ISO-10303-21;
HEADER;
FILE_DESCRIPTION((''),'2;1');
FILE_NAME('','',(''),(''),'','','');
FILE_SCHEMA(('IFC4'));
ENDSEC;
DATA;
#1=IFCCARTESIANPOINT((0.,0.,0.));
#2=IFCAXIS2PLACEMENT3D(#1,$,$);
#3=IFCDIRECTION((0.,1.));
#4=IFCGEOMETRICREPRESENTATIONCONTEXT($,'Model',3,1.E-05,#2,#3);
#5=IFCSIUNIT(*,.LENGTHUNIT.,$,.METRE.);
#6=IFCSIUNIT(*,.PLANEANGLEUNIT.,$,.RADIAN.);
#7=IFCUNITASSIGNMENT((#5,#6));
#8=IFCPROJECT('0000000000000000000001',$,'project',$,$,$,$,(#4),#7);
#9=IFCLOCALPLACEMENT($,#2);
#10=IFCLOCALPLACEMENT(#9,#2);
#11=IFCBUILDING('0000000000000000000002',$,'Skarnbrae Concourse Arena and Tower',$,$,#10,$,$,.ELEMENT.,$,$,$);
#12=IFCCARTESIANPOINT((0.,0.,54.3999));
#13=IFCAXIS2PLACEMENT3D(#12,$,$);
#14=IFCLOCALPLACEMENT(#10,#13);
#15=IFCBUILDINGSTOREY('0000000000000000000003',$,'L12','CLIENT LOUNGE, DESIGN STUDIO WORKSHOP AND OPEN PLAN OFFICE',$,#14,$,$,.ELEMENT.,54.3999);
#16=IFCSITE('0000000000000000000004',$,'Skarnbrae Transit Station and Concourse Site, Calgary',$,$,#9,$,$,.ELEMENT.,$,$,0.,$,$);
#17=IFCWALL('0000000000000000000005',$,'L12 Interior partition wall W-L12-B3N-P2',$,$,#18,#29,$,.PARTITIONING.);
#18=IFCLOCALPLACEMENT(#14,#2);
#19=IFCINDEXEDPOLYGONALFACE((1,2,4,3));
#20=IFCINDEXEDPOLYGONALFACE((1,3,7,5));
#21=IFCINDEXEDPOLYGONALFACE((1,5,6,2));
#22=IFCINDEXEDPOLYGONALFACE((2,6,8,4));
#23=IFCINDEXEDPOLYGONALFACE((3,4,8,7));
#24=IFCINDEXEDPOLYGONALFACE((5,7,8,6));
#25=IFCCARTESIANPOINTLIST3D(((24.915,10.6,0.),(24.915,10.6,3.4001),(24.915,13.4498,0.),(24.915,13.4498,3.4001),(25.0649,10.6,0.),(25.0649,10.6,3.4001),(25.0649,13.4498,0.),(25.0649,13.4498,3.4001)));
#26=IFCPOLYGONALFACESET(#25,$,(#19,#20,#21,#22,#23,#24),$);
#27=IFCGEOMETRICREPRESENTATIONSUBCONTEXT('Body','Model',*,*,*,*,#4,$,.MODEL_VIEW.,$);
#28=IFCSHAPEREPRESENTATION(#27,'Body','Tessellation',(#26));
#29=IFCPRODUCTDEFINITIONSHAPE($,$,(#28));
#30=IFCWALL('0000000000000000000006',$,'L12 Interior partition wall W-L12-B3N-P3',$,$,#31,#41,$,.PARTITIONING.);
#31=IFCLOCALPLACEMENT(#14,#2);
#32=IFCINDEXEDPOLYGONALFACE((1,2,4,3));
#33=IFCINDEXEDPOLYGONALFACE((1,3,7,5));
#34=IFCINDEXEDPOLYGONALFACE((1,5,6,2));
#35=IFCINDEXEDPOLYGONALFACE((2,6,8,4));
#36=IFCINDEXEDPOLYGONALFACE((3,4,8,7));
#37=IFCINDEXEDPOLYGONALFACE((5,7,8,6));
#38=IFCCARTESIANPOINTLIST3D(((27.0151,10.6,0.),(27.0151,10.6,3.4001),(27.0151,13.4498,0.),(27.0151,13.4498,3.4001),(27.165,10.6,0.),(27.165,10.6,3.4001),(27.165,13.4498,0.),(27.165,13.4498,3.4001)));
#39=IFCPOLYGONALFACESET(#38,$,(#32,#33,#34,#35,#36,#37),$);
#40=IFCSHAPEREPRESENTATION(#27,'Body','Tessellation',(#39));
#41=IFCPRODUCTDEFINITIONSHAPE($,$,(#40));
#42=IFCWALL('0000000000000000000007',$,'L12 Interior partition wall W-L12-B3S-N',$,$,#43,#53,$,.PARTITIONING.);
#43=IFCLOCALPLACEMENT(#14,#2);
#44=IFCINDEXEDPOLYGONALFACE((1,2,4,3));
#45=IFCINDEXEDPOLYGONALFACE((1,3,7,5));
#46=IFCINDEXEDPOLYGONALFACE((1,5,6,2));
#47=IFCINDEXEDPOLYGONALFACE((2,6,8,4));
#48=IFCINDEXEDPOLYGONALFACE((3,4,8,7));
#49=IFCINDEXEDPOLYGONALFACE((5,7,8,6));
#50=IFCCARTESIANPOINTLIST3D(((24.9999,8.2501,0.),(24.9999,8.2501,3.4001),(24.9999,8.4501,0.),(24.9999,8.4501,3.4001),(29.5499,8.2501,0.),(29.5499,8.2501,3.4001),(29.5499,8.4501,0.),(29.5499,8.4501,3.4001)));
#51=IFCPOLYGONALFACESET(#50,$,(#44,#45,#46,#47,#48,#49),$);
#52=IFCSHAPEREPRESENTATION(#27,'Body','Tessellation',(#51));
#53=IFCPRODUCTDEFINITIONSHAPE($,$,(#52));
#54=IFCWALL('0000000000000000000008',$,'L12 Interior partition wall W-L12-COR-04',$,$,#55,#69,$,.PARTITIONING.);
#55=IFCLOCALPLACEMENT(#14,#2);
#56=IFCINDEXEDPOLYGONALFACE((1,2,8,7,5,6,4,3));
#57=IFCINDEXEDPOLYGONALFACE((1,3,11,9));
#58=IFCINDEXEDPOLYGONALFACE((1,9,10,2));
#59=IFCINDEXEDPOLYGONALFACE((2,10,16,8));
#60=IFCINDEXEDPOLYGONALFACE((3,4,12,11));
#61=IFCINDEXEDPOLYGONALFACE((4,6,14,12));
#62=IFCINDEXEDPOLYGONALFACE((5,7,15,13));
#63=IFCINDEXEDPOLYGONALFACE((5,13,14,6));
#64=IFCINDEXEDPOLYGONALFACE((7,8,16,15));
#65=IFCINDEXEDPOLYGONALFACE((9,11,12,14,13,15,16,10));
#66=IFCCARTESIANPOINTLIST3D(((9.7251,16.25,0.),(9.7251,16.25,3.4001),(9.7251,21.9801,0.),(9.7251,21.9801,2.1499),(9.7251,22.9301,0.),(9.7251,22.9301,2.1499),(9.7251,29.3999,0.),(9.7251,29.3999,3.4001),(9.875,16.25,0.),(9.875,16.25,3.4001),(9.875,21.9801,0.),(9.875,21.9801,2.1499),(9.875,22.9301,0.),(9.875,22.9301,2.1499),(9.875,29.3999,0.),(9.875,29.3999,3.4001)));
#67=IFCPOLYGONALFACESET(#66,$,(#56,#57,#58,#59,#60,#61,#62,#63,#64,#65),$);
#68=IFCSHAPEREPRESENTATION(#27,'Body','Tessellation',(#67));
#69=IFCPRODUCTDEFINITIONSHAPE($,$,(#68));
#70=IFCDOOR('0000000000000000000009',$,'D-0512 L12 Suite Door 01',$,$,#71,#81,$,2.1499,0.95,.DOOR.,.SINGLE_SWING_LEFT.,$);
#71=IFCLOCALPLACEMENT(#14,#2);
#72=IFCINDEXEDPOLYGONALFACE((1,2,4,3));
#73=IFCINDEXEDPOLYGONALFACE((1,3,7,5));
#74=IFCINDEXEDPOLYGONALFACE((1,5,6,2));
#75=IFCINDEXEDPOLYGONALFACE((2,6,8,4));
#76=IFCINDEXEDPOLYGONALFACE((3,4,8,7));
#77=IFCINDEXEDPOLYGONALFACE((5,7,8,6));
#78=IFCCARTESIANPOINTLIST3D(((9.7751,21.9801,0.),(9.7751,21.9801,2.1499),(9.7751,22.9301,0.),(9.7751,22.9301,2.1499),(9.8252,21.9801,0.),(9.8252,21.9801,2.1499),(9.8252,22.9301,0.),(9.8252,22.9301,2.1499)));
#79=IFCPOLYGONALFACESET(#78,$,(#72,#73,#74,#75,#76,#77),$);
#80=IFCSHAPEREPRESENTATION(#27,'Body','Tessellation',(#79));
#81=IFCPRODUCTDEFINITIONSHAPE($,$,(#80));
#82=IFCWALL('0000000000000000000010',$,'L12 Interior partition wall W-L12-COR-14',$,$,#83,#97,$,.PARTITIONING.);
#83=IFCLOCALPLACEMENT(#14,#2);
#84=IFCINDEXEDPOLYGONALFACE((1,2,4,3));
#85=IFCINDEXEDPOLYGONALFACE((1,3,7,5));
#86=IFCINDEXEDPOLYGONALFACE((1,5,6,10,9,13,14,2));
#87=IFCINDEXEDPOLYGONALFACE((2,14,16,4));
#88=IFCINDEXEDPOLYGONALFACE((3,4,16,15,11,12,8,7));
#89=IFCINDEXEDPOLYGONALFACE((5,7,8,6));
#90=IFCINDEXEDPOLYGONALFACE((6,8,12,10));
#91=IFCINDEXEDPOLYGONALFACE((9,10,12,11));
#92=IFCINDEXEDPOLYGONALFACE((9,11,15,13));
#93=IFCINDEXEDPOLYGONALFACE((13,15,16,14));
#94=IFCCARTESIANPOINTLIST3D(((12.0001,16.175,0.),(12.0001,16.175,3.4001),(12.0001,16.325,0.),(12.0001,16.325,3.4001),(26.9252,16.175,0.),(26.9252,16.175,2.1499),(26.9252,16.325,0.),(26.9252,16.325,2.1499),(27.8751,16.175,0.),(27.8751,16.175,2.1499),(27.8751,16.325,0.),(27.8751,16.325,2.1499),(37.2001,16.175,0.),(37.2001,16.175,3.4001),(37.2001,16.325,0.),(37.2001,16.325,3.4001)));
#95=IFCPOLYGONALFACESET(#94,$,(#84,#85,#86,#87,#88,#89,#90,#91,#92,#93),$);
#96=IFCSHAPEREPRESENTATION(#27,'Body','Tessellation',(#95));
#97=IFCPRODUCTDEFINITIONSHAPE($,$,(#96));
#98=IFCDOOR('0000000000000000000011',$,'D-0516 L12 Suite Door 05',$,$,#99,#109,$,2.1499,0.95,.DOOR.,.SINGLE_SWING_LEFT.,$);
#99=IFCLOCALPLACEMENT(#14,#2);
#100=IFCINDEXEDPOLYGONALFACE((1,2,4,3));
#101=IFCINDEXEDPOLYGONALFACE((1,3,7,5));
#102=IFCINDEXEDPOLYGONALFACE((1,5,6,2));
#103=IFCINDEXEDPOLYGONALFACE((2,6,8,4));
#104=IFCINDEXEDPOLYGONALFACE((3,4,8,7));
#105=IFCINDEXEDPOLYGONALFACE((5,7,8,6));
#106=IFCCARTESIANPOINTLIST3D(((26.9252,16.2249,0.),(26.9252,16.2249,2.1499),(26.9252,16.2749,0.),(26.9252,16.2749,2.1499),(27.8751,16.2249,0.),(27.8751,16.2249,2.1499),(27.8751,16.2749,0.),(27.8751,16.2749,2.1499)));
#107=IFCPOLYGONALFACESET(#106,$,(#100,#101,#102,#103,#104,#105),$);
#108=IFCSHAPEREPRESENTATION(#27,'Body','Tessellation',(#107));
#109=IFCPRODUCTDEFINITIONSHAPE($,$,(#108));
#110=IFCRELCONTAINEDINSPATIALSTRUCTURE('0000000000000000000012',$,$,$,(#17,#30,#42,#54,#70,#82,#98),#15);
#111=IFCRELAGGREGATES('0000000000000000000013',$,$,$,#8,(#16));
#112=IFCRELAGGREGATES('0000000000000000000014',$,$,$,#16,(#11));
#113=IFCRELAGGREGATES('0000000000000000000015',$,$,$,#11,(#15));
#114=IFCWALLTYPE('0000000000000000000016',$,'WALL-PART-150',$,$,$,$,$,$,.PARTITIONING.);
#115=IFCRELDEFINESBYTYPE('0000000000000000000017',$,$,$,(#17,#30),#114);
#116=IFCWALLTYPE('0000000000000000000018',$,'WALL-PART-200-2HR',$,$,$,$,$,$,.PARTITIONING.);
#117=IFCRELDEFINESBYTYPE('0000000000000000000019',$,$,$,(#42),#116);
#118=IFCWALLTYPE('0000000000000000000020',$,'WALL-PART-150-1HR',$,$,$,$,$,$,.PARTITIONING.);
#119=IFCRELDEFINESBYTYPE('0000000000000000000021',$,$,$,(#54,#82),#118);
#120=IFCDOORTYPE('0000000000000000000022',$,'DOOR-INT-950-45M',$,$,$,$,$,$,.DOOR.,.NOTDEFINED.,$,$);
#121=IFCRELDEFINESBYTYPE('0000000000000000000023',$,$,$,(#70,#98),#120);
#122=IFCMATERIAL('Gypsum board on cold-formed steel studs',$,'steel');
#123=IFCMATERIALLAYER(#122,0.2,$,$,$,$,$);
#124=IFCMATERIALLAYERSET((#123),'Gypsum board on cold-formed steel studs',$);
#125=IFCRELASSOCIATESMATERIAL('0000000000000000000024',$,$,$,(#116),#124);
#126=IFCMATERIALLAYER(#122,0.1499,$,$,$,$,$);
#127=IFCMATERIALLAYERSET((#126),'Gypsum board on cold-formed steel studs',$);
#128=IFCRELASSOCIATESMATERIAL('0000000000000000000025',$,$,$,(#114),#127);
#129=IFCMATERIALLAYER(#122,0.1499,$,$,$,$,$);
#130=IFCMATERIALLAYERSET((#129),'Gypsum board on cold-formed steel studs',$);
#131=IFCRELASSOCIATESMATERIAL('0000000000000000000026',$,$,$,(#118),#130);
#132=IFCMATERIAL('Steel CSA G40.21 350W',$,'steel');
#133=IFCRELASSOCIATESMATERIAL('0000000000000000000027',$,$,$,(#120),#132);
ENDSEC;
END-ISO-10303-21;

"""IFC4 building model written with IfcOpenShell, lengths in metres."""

from ifc_helpers import new_model, si_unit, direction, frame, frame_2d, origin, place, context, subcontext, project, spatial, rectangle, extrude, source, transform, mapped, material, layer, layer_set, type_object, element, fill, save


model = new_model("IFC4")

# Units and contexts
model_context = context("Model", 3, precision=1e-05, world=origin(), true_north=direction((0.0, 1.0)))
body_context = subcontext(model_context, "Body", "Model", "MODEL_VIEW")
ifc_project = project(units=[si_unit("LENGTHUNIT", "METRE"), si_unit("PLANEANGLEUNIT", "RADIAN")], contexts=[model_context])

# Site, building, storey
site_placement = place(None, origin())
site = spatial("IfcSite", under=ifc_project, at=site_placement, Name="Skarnbrae Transit Station and Concourse Site, Calgary", CompositionType="ELEMENT", RefElevation=0.0)
building_placement = place(site_placement, origin())
building = spatial("IfcBuilding", under=site, at=building_placement, Name="Skarnbrae Concourse Arena and Tower", CompositionType="ELEMENT")
storey_placement = place(building_placement, frame((0.0, 0.0, 54.3999)))
storey = spatial("IfcBuildingStorey", under=building, at=storey_placement, Name="L12", Description="CLIENT LOUNGE, DESIGN STUDIO WORKSHOP AND OPEN PLAN OFFICE", CompositionType="ELEMENT", Elevation=54.3999)

# Shared definitions
ifc_material_1 = material(Name="Steel CSA G40.21 350W", Category="steel")

# Shared definitions
ifc_material_2 = material(Name="Gypsum board on cold-formed steel studs", Category="steel")
ifc_layer_1 = layer(ifc_material_2, 0.2)
ifc_layer_set_1 = layer_set([ifc_layer_1], Name="Gypsum board on cold-formed steel studs")
wall_type_1 = type_object("IfcWallType", Name="WALL-PART-200-2HR", PredefinedType="PARTITIONING", material=ifc_layer_set_1)

# Walls
ifc_layer_2 = layer(ifc_material_2, 0.1499)
ifc_layer_set_2 = layer_set([ifc_layer_2], Name="Gypsum board on cold-formed steel studs")
wall_type_2 = type_object("IfcWallType", Name="WALL-PART-150", PredefinedType="PARTITIONING", material=ifc_layer_set_2)
shared_shape_1 = source(origin(), body_context, "Body", "SweptSolid", [
    extrude(rectangle(XDim=2.8499, YDim=0.1499, at=frame_2d((1.4248, 0.0))), origin(), (0.0, 0.0, 1.0), 3.4001),
])
for number, where, z_axis, x_axis, name in (
    (1, (24.99, 10.6001, 0.0), (0.0, 0.0, 1.0), (0.0, 1.0, 0.0), "L12 Interior partition wall W-L12-B3N-P2"),
    (2, (27.0901, 10.6001, 0.0), (0.0, 0.0, 1.0), (0.0, 1.0, 0.0), "L12 Interior partition wall W-L12-B3N-P3"),
):
    element("IfcWall", number, at=place(storey_placement, frame(where, z_axis=z_axis, x_axis=x_axis)), inside=storey, type_object=wall_type_2, Name=name, PredefinedType="PARTITIONING", context=body_context, shape_type="MappedRepresentation", body=[
        mapped(shared_shape_1, transform((0.0, 0.0, 0.0))),
    ])
shared_shape_2 = source(origin(), body_context, "Body", "SweptSolid", [
    extrude(rectangle(XDim=4.55, YDim=0.2, at=frame_2d((2.2749, 0.0))), origin(), (0.0, 0.0, 1.0), 3.4001),
])
wall_1_placement = place(storey_placement, frame((25.0, 8.3501, 0.0), z_axis=(0.0, 0.0, 1.0), x_axis=(1.0, 0.0, 0.0)))
element("IfcWall", 3, at=wall_1_placement, inside=storey, type_object=wall_type_1, Name="L12 Interior partition wall W-L12-B3S-N", PredefinedType="PARTITIONING", context=body_context, shape_type="MappedRepresentation", body=[
    mapped(shared_shape_2, transform((0.0, 0.0, 0.0))),
])

# Walls, openings, doors
ifc_layer_3 = layer(ifc_material_2, 0.1499)
ifc_layer_set_3 = layer_set([ifc_layer_3], Name="Gypsum board on cold-formed steel studs")
wall_type_3 = type_object("IfcWallType", Name="WALL-PART-150-1HR", PredefinedType="PARTITIONING", material=ifc_layer_set_3)
shared_shape_3 = source(origin(), body_context, "Body", "SweptSolid", [
    extrude(rectangle(XDim=13.1499, YDim=0.1499, at=frame_2d((6.575, 0.0))), origin(), (0.0, 0.0, 1.0), 3.4001),
])
wall_2_placement = place(storey_placement, frame((9.8, 16.25, 0.0), z_axis=(0.0, 0.0, 1.0), x_axis=(0.0, 1.0, 0.0)))
wall_2 = element("IfcWall", 4, at=wall_2_placement, inside=storey, type_object=wall_type_3, Name="L12 Interior partition wall W-L12-COR-04", PredefinedType="PARTITIONING", context=body_context, shape_type="MappedRepresentation", body=[
    mapped(shared_shape_3, transform((0.0, 0.0, 0.0))),
])
opening_1_placement = place(wall_2_placement, frame((5.73, 0.0, 0.0)))
opening_1 = element("IfcOpeningElement", 5, at=opening_1_placement, cuts=wall_2, PredefinedType="OPENING", context=body_context, shape_type="SweptSolid", body=[
    extrude(rectangle(XDim=0.95, YDim=2.1499, at=frame_2d((0.4751, 1.075))), frame((0.0, 0.085, 0.0), z_axis=(0.0, -1.0, 0.0), x_axis=(1.0, 0.0, 0.0)), (0.0, 0.0, 1.0), 0.1699),
])
door_type_1 = type_object("IfcDoorType", Name="DOOR-INT-950-45M", OperationType="NOTDEFINED", PredefinedType="DOOR", material=ifc_material_1)
shared_shape_4 = source(origin(), body_context, "Body", "SweptSolid", [
    extrude(rectangle(XDim=0.95, YDim=2.1499, at=frame_2d((0.4751, 1.075))), frame((0.0, 0.0249, 0.0), z_axis=(0.0, -1.0, 0.0), x_axis=(1.0, 0.0, 0.0)), (0.0, 0.0, 1.0), 0.05),
])
door_1_placement = place(opening_1_placement, origin())
door_1 = element("IfcDoor", 6, at=door_1_placement, inside=storey, type_object=door_type_1, Name="D-0512 L12 Suite Door 01", OperationType="SINGLE_SWING_LEFT", OverallHeight=2.1499, OverallWidth=0.95, PredefinedType="DOOR", context=body_context, shape_type="MappedRepresentation", body=[
    mapped(shared_shape_4, transform((0.0, 0.0, 0.0))),
])
fill(opening_1, door_1)
shared_shape_5 = source(origin(), body_context, "Body", "SweptSolid", [
    extrude(rectangle(XDim=25.2, YDim=0.1499, at=frame_2d((12.6001, 0.0))), origin(), (0.0, 0.0, 1.0), 3.4001),
])
wall_3_placement = place(storey_placement, frame((12.0, 16.25, 0.0), z_axis=(0.0, 0.0, 1.0), x_axis=(1.0, 0.0, 0.0)))
wall_3 = element("IfcWall", 7, at=wall_3_placement, inside=storey, type_object=wall_type_3, Name="L12 Interior partition wall W-L12-COR-14", PredefinedType="PARTITIONING", context=body_context, shape_type="MappedRepresentation", body=[
    mapped(shared_shape_5, transform((0.0, 0.0, 0.0))),
])
opening_2_placement = place(wall_3_placement, frame((14.925, 0.0, 0.0)))
opening_2 = element("IfcOpeningElement", 8, at=opening_2_placement, cuts=wall_3, PredefinedType="OPENING", context=body_context, shape_type="SweptSolid", body=[
    extrude(rectangle(XDim=0.95, YDim=2.1499, at=frame_2d((0.4751, 1.075))), frame((0.0, 0.085, 0.0), z_axis=(0.0, -1.0, 0.0), x_axis=(1.0, 0.0, 0.0)), (0.0, 0.0, 1.0), 0.1699),
])
door_2_placement = place(opening_2_placement, origin())
door_2 = element("IfcDoor", 9, at=door_2_placement, inside=storey, type_object=door_type_1, Name="D-0516 L12 Suite Door 05", OperationType="SINGLE_SWING_LEFT", OverallHeight=2.1499, OverallWidth=0.95, PredefinedType="DOOR", context=body_context, shape_type="MappedRepresentation", body=[
    mapped(shared_shape_4, transform((0.0, 0.0, 0.0))),
])
fill(opening_2, door_2)

save(model, "model.ifc")
